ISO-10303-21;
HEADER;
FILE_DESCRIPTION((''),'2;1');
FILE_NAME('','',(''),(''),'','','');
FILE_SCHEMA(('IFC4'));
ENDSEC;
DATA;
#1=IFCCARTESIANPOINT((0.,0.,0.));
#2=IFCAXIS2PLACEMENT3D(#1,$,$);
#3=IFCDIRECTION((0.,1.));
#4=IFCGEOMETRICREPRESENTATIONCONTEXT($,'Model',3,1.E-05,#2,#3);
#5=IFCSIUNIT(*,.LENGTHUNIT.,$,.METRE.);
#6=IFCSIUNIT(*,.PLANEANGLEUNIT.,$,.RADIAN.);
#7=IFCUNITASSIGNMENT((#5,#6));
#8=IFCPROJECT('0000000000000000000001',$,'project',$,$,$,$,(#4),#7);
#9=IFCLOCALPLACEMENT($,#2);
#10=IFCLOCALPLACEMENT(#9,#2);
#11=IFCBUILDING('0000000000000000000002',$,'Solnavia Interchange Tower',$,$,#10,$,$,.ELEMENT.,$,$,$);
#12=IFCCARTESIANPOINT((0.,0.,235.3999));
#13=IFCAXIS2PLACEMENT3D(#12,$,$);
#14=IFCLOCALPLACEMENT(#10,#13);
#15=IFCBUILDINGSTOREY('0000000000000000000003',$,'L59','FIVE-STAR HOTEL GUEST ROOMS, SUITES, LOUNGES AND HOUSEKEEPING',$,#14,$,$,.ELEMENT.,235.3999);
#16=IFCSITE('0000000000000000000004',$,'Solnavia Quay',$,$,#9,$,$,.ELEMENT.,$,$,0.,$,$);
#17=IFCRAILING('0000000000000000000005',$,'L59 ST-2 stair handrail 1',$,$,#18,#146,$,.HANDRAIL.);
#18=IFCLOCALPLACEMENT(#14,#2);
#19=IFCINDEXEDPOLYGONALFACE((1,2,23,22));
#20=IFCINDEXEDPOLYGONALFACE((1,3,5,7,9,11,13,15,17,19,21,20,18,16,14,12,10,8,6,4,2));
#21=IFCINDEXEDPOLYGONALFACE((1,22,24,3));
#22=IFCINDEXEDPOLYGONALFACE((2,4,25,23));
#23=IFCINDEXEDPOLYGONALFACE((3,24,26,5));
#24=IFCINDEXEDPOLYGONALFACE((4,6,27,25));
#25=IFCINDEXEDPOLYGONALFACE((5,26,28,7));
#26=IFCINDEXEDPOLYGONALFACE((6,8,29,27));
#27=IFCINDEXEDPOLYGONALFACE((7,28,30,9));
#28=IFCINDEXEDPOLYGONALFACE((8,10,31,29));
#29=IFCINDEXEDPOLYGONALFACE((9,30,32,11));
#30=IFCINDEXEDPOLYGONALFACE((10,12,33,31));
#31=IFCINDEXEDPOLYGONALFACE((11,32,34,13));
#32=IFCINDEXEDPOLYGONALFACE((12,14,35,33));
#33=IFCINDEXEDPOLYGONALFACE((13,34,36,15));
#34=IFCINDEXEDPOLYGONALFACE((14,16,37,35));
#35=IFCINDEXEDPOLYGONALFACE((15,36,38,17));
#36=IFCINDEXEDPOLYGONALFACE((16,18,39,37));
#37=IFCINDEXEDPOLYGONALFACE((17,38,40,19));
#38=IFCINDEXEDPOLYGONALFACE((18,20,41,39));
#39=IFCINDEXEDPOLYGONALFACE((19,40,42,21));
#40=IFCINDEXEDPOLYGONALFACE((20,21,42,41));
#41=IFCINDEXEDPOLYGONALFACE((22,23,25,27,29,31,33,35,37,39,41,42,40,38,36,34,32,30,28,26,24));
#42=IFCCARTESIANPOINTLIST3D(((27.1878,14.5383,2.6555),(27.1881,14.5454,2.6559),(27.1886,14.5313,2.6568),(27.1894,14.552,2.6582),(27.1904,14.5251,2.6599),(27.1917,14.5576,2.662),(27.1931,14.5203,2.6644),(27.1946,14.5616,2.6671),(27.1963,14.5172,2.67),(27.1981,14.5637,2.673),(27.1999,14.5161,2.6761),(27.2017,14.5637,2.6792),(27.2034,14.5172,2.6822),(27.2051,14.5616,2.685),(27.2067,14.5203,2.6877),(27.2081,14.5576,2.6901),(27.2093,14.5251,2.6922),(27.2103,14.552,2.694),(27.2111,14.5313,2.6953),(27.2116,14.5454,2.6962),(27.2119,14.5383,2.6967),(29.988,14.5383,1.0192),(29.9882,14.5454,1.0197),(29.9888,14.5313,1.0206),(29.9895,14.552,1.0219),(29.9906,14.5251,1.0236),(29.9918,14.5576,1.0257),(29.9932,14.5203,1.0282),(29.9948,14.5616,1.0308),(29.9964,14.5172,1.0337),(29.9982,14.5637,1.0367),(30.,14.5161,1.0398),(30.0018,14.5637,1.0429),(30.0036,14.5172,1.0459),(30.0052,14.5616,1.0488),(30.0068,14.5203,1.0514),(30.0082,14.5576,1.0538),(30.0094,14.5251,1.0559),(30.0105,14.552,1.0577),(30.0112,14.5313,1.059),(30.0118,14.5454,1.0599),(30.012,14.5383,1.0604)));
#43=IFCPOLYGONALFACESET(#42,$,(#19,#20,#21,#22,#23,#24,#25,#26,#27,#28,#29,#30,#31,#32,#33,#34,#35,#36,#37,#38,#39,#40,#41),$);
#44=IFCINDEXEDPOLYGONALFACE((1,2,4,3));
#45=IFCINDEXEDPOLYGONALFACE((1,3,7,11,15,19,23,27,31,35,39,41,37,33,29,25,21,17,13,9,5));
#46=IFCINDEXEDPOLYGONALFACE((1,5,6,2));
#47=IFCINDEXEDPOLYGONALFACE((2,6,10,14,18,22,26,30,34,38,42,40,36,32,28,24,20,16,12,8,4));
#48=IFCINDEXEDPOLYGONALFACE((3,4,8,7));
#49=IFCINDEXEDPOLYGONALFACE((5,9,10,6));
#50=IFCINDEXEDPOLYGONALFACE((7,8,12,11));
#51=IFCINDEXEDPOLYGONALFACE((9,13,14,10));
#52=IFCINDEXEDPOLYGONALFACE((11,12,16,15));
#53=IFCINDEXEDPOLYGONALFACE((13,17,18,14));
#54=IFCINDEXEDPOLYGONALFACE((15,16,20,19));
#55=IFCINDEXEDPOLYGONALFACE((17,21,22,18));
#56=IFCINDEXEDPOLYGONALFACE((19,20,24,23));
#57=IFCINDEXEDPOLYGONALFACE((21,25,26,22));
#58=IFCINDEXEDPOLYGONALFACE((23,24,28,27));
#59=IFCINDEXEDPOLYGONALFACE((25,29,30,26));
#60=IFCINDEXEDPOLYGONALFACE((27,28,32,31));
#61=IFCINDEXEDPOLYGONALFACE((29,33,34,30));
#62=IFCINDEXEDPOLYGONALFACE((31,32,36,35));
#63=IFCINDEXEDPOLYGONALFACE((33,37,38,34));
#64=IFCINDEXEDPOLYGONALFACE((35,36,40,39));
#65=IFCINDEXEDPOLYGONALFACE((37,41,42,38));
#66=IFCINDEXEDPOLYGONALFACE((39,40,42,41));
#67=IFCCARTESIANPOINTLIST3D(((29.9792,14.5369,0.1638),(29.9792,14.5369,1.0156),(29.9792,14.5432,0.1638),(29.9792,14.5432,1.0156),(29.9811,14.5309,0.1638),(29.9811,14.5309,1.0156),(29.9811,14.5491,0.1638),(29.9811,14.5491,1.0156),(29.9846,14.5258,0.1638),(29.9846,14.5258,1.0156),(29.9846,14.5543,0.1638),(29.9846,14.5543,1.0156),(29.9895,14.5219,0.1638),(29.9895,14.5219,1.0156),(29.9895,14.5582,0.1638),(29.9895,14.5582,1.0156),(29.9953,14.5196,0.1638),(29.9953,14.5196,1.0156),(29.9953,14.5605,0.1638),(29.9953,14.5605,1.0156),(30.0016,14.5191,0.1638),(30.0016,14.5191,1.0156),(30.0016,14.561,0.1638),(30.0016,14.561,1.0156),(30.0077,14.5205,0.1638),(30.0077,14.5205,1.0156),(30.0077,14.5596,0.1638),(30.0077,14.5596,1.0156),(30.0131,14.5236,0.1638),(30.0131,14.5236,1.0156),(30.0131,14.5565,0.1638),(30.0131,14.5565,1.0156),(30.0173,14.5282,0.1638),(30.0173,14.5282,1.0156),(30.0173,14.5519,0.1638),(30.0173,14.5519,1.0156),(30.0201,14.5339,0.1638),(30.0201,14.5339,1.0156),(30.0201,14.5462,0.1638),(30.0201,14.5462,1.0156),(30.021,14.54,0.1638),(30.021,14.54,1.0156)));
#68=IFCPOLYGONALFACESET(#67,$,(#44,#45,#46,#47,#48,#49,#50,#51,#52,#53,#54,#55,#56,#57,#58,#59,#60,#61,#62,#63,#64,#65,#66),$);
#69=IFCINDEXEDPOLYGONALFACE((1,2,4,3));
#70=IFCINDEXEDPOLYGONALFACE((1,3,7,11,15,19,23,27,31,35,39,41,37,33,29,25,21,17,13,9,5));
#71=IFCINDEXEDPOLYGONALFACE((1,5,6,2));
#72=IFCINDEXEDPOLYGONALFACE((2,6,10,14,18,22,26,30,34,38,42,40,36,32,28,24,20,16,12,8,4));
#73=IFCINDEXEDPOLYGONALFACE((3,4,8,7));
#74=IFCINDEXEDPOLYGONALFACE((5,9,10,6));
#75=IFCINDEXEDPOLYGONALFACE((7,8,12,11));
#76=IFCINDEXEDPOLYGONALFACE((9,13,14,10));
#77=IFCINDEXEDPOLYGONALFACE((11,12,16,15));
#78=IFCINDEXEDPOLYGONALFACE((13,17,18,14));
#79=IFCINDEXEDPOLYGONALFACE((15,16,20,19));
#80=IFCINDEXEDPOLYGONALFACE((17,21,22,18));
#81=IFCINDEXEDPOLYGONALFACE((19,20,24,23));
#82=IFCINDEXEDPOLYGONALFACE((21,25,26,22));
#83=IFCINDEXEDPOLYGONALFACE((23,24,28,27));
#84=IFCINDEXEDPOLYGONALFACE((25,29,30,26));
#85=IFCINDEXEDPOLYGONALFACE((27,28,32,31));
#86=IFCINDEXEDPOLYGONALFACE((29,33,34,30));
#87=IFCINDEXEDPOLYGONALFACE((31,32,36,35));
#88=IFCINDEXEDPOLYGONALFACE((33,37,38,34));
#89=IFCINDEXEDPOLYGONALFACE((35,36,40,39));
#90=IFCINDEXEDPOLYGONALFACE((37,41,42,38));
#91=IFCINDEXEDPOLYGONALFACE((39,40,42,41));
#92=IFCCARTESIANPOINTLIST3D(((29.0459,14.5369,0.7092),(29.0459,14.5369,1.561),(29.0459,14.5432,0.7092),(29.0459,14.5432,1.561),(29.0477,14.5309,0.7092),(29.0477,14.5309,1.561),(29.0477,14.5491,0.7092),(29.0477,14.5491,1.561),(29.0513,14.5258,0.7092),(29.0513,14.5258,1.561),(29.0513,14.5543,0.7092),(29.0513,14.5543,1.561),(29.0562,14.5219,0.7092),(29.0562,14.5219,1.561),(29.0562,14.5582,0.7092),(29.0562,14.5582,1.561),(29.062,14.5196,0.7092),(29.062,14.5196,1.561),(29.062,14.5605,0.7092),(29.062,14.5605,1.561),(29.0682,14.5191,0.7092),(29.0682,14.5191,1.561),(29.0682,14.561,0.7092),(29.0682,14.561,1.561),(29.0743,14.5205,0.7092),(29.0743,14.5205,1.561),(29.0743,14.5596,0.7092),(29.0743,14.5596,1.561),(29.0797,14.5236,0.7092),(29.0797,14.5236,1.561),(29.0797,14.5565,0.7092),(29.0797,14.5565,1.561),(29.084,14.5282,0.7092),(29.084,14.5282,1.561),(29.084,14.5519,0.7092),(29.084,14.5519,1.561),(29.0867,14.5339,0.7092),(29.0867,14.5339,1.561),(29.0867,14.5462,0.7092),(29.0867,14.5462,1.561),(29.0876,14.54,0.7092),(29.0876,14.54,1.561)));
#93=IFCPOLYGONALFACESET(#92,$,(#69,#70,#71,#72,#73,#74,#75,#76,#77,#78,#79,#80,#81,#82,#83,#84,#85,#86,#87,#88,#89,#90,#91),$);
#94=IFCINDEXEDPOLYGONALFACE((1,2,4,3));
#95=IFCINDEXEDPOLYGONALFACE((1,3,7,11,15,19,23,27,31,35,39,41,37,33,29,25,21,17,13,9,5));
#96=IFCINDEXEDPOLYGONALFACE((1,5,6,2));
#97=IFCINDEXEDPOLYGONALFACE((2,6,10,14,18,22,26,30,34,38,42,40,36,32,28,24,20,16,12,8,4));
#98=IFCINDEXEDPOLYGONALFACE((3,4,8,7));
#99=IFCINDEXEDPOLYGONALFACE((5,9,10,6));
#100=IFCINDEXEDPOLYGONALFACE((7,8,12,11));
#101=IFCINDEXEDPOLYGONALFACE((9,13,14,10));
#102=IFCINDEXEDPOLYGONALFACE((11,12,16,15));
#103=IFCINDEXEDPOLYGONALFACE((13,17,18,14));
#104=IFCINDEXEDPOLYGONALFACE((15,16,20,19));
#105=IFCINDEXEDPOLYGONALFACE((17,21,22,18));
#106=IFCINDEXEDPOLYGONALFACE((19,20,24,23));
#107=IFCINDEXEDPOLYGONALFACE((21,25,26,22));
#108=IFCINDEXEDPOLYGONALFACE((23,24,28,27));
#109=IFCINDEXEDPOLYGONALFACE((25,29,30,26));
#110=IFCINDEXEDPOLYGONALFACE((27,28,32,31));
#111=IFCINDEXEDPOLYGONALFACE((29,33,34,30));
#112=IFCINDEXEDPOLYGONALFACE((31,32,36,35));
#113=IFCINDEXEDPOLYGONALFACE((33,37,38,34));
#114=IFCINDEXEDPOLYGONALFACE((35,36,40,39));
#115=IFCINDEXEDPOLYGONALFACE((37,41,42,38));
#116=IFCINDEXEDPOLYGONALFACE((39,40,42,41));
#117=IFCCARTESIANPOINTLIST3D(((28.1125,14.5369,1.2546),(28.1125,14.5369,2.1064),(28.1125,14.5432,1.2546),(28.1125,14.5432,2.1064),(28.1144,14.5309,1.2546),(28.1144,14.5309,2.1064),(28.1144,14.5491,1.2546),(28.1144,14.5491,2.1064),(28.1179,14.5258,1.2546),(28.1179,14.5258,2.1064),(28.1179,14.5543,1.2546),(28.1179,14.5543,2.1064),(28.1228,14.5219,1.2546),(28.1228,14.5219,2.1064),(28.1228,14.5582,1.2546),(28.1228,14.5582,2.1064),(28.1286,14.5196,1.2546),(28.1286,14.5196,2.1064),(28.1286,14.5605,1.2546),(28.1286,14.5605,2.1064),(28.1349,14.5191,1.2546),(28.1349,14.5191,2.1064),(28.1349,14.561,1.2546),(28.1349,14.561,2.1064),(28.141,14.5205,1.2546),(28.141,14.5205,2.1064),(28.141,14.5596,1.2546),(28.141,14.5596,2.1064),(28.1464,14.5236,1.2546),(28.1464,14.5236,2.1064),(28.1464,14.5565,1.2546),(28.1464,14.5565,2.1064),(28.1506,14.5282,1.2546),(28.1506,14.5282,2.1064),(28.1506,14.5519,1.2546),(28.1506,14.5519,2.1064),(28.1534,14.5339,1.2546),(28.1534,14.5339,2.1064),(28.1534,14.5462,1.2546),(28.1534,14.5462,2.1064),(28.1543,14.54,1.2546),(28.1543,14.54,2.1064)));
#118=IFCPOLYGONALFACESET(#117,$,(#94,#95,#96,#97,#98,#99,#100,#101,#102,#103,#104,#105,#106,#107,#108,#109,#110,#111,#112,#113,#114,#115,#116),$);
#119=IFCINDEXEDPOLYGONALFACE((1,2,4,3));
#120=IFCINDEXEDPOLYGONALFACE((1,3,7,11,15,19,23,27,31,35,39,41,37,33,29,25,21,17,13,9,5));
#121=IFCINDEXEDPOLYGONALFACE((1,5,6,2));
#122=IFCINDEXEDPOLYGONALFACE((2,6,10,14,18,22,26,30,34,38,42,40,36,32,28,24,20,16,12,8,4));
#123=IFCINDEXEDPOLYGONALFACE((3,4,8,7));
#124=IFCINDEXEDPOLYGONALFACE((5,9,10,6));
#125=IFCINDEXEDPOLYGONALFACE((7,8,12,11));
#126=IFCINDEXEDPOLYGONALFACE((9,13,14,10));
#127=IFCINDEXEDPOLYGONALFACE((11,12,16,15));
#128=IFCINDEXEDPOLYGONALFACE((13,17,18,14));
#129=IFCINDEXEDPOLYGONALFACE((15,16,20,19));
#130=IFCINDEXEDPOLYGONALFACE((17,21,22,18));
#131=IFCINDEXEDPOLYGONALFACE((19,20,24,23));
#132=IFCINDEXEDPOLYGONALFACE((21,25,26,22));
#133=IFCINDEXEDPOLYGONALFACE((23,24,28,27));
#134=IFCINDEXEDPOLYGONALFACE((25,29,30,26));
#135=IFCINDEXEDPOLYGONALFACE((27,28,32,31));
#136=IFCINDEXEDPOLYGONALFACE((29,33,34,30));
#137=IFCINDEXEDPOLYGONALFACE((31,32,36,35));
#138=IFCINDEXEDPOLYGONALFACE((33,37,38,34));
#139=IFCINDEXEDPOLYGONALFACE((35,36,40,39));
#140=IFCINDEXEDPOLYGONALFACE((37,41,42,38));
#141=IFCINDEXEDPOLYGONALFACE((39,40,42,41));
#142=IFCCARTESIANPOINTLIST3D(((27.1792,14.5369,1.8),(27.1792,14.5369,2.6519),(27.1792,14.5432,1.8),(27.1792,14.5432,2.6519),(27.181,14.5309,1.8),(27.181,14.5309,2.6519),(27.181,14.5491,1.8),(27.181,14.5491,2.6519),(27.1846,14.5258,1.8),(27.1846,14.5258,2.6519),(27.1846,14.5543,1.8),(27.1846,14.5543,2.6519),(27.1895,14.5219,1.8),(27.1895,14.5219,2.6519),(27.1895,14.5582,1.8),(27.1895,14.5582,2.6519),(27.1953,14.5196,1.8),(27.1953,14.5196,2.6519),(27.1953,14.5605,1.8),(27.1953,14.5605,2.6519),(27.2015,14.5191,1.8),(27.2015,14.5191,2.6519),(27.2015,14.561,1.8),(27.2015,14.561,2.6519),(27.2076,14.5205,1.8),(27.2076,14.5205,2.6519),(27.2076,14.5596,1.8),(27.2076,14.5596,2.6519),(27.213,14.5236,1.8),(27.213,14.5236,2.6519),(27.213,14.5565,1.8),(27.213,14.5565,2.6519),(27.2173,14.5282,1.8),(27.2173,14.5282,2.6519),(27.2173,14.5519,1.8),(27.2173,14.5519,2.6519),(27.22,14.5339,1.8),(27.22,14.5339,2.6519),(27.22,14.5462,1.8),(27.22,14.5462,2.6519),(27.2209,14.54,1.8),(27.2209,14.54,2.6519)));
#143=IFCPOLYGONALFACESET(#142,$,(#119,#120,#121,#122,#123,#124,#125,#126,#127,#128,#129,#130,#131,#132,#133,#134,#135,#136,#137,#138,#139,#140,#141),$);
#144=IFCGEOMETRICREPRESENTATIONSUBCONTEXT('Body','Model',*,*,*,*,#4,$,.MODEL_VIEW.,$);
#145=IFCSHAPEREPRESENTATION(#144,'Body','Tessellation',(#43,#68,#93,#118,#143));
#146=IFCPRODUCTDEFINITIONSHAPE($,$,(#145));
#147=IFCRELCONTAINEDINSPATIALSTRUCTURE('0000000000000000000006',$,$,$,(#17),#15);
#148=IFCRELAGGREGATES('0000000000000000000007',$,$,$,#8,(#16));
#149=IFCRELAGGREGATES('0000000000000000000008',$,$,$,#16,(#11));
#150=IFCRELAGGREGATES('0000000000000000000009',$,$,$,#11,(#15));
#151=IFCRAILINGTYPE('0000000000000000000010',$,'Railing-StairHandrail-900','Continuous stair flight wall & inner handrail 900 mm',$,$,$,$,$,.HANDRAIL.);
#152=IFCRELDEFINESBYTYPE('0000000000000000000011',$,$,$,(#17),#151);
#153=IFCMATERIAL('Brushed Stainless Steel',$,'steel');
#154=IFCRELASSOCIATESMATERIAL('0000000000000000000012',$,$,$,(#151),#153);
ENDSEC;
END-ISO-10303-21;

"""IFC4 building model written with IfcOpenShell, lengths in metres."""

from ifc_helpers import new_model, si_unit, direction, frame, origin, origin_2d, place, context, subcontext, project, spatial, circle, extrude, material, type_object, element, save


model = new_model("IFC4")

# Units and contexts
model_context = context("Model", 3, precision=1e-05, world=origin(), true_north=direction((0.0, 1.0)))
body_context = subcontext(model_context, "Body", "Model", "MODEL_VIEW")
ifc_project = project(units=[si_unit("LENGTHUNIT", "METRE"), si_unit("PLANEANGLEUNIT", "RADIAN")], contexts=[model_context])

# Site, building, storey
site_placement = place(None, origin())
site = spatial("IfcSite", under=ifc_project, at=site_placement, Name="Solnavia Quay", CompositionType="ELEMENT", RefElevation=0.0)
building_placement = place(site_placement, origin())
building = spatial("IfcBuilding", under=site, at=building_placement, Name="Solnavia Interchange Tower", CompositionType="ELEMENT")
storey_placement = place(building_placement, frame((0.0, 0.0, 235.3999)))
storey = spatial("IfcBuildingStorey", under=building, at=storey_placement, Name="L59", Description="FIVE-STAR HOTEL GUEST ROOMS, SUITES, LOUNGES AND HOUSEKEEPING", CompositionType="ELEMENT", Elevation=235.3999)

# Railing
ifc_material_1 = material(Name="Brushed Stainless Steel", Category="steel")
railing_type_1 = type_object("IfcRailingType", Name="Railing-StairHandrail-900", Description="Continuous stair flight wall & inner handrail 900 mm", PredefinedType="HANDRAIL", material=ifc_material_1)
railing_1_placement = place(storey_placement, frame((30.0, 14.54, 0.1638)))
element("IfcRailing", 1, at=railing_1_placement, inside=storey, type_object=railing_type_1, Name="L59 ST-2 stair handrail 1", PredefinedType="HANDRAIL", context=body_context, shape_type="SweptSolid", body=[
    extrude(circle(Radius=0.0239, at=origin_2d()), frame((0.0, 0.0, 0.876), z_axis=(-0.863394, 0.0, 0.504531), x_axis=(0.0, -1.0, 0.0)), (0.0, 0.0, 1.0), 3.2432),
    extrude(circle(Radius=0.021, at=origin_2d()), origin(), (0.0, 0.0, 1.0), 0.8518),
    extrude(circle(Radius=0.021, at=origin_2d()), frame((-0.9333, 0.0, 0.5454)), (0.0, 0.0, 1.0), 0.8518),
    extrude(circle(Radius=0.021, at=origin_2d()), frame((-1.8667, 0.0, 1.0908)), (0.0, 0.0, 1.0), 0.8518),
    extrude(circle(Radius=0.021, at=origin_2d()), frame((-2.8, 0.0, 1.6362)), (0.0, 0.0, 1.0), 0.8518),
])

save(model, "model.ifc")
